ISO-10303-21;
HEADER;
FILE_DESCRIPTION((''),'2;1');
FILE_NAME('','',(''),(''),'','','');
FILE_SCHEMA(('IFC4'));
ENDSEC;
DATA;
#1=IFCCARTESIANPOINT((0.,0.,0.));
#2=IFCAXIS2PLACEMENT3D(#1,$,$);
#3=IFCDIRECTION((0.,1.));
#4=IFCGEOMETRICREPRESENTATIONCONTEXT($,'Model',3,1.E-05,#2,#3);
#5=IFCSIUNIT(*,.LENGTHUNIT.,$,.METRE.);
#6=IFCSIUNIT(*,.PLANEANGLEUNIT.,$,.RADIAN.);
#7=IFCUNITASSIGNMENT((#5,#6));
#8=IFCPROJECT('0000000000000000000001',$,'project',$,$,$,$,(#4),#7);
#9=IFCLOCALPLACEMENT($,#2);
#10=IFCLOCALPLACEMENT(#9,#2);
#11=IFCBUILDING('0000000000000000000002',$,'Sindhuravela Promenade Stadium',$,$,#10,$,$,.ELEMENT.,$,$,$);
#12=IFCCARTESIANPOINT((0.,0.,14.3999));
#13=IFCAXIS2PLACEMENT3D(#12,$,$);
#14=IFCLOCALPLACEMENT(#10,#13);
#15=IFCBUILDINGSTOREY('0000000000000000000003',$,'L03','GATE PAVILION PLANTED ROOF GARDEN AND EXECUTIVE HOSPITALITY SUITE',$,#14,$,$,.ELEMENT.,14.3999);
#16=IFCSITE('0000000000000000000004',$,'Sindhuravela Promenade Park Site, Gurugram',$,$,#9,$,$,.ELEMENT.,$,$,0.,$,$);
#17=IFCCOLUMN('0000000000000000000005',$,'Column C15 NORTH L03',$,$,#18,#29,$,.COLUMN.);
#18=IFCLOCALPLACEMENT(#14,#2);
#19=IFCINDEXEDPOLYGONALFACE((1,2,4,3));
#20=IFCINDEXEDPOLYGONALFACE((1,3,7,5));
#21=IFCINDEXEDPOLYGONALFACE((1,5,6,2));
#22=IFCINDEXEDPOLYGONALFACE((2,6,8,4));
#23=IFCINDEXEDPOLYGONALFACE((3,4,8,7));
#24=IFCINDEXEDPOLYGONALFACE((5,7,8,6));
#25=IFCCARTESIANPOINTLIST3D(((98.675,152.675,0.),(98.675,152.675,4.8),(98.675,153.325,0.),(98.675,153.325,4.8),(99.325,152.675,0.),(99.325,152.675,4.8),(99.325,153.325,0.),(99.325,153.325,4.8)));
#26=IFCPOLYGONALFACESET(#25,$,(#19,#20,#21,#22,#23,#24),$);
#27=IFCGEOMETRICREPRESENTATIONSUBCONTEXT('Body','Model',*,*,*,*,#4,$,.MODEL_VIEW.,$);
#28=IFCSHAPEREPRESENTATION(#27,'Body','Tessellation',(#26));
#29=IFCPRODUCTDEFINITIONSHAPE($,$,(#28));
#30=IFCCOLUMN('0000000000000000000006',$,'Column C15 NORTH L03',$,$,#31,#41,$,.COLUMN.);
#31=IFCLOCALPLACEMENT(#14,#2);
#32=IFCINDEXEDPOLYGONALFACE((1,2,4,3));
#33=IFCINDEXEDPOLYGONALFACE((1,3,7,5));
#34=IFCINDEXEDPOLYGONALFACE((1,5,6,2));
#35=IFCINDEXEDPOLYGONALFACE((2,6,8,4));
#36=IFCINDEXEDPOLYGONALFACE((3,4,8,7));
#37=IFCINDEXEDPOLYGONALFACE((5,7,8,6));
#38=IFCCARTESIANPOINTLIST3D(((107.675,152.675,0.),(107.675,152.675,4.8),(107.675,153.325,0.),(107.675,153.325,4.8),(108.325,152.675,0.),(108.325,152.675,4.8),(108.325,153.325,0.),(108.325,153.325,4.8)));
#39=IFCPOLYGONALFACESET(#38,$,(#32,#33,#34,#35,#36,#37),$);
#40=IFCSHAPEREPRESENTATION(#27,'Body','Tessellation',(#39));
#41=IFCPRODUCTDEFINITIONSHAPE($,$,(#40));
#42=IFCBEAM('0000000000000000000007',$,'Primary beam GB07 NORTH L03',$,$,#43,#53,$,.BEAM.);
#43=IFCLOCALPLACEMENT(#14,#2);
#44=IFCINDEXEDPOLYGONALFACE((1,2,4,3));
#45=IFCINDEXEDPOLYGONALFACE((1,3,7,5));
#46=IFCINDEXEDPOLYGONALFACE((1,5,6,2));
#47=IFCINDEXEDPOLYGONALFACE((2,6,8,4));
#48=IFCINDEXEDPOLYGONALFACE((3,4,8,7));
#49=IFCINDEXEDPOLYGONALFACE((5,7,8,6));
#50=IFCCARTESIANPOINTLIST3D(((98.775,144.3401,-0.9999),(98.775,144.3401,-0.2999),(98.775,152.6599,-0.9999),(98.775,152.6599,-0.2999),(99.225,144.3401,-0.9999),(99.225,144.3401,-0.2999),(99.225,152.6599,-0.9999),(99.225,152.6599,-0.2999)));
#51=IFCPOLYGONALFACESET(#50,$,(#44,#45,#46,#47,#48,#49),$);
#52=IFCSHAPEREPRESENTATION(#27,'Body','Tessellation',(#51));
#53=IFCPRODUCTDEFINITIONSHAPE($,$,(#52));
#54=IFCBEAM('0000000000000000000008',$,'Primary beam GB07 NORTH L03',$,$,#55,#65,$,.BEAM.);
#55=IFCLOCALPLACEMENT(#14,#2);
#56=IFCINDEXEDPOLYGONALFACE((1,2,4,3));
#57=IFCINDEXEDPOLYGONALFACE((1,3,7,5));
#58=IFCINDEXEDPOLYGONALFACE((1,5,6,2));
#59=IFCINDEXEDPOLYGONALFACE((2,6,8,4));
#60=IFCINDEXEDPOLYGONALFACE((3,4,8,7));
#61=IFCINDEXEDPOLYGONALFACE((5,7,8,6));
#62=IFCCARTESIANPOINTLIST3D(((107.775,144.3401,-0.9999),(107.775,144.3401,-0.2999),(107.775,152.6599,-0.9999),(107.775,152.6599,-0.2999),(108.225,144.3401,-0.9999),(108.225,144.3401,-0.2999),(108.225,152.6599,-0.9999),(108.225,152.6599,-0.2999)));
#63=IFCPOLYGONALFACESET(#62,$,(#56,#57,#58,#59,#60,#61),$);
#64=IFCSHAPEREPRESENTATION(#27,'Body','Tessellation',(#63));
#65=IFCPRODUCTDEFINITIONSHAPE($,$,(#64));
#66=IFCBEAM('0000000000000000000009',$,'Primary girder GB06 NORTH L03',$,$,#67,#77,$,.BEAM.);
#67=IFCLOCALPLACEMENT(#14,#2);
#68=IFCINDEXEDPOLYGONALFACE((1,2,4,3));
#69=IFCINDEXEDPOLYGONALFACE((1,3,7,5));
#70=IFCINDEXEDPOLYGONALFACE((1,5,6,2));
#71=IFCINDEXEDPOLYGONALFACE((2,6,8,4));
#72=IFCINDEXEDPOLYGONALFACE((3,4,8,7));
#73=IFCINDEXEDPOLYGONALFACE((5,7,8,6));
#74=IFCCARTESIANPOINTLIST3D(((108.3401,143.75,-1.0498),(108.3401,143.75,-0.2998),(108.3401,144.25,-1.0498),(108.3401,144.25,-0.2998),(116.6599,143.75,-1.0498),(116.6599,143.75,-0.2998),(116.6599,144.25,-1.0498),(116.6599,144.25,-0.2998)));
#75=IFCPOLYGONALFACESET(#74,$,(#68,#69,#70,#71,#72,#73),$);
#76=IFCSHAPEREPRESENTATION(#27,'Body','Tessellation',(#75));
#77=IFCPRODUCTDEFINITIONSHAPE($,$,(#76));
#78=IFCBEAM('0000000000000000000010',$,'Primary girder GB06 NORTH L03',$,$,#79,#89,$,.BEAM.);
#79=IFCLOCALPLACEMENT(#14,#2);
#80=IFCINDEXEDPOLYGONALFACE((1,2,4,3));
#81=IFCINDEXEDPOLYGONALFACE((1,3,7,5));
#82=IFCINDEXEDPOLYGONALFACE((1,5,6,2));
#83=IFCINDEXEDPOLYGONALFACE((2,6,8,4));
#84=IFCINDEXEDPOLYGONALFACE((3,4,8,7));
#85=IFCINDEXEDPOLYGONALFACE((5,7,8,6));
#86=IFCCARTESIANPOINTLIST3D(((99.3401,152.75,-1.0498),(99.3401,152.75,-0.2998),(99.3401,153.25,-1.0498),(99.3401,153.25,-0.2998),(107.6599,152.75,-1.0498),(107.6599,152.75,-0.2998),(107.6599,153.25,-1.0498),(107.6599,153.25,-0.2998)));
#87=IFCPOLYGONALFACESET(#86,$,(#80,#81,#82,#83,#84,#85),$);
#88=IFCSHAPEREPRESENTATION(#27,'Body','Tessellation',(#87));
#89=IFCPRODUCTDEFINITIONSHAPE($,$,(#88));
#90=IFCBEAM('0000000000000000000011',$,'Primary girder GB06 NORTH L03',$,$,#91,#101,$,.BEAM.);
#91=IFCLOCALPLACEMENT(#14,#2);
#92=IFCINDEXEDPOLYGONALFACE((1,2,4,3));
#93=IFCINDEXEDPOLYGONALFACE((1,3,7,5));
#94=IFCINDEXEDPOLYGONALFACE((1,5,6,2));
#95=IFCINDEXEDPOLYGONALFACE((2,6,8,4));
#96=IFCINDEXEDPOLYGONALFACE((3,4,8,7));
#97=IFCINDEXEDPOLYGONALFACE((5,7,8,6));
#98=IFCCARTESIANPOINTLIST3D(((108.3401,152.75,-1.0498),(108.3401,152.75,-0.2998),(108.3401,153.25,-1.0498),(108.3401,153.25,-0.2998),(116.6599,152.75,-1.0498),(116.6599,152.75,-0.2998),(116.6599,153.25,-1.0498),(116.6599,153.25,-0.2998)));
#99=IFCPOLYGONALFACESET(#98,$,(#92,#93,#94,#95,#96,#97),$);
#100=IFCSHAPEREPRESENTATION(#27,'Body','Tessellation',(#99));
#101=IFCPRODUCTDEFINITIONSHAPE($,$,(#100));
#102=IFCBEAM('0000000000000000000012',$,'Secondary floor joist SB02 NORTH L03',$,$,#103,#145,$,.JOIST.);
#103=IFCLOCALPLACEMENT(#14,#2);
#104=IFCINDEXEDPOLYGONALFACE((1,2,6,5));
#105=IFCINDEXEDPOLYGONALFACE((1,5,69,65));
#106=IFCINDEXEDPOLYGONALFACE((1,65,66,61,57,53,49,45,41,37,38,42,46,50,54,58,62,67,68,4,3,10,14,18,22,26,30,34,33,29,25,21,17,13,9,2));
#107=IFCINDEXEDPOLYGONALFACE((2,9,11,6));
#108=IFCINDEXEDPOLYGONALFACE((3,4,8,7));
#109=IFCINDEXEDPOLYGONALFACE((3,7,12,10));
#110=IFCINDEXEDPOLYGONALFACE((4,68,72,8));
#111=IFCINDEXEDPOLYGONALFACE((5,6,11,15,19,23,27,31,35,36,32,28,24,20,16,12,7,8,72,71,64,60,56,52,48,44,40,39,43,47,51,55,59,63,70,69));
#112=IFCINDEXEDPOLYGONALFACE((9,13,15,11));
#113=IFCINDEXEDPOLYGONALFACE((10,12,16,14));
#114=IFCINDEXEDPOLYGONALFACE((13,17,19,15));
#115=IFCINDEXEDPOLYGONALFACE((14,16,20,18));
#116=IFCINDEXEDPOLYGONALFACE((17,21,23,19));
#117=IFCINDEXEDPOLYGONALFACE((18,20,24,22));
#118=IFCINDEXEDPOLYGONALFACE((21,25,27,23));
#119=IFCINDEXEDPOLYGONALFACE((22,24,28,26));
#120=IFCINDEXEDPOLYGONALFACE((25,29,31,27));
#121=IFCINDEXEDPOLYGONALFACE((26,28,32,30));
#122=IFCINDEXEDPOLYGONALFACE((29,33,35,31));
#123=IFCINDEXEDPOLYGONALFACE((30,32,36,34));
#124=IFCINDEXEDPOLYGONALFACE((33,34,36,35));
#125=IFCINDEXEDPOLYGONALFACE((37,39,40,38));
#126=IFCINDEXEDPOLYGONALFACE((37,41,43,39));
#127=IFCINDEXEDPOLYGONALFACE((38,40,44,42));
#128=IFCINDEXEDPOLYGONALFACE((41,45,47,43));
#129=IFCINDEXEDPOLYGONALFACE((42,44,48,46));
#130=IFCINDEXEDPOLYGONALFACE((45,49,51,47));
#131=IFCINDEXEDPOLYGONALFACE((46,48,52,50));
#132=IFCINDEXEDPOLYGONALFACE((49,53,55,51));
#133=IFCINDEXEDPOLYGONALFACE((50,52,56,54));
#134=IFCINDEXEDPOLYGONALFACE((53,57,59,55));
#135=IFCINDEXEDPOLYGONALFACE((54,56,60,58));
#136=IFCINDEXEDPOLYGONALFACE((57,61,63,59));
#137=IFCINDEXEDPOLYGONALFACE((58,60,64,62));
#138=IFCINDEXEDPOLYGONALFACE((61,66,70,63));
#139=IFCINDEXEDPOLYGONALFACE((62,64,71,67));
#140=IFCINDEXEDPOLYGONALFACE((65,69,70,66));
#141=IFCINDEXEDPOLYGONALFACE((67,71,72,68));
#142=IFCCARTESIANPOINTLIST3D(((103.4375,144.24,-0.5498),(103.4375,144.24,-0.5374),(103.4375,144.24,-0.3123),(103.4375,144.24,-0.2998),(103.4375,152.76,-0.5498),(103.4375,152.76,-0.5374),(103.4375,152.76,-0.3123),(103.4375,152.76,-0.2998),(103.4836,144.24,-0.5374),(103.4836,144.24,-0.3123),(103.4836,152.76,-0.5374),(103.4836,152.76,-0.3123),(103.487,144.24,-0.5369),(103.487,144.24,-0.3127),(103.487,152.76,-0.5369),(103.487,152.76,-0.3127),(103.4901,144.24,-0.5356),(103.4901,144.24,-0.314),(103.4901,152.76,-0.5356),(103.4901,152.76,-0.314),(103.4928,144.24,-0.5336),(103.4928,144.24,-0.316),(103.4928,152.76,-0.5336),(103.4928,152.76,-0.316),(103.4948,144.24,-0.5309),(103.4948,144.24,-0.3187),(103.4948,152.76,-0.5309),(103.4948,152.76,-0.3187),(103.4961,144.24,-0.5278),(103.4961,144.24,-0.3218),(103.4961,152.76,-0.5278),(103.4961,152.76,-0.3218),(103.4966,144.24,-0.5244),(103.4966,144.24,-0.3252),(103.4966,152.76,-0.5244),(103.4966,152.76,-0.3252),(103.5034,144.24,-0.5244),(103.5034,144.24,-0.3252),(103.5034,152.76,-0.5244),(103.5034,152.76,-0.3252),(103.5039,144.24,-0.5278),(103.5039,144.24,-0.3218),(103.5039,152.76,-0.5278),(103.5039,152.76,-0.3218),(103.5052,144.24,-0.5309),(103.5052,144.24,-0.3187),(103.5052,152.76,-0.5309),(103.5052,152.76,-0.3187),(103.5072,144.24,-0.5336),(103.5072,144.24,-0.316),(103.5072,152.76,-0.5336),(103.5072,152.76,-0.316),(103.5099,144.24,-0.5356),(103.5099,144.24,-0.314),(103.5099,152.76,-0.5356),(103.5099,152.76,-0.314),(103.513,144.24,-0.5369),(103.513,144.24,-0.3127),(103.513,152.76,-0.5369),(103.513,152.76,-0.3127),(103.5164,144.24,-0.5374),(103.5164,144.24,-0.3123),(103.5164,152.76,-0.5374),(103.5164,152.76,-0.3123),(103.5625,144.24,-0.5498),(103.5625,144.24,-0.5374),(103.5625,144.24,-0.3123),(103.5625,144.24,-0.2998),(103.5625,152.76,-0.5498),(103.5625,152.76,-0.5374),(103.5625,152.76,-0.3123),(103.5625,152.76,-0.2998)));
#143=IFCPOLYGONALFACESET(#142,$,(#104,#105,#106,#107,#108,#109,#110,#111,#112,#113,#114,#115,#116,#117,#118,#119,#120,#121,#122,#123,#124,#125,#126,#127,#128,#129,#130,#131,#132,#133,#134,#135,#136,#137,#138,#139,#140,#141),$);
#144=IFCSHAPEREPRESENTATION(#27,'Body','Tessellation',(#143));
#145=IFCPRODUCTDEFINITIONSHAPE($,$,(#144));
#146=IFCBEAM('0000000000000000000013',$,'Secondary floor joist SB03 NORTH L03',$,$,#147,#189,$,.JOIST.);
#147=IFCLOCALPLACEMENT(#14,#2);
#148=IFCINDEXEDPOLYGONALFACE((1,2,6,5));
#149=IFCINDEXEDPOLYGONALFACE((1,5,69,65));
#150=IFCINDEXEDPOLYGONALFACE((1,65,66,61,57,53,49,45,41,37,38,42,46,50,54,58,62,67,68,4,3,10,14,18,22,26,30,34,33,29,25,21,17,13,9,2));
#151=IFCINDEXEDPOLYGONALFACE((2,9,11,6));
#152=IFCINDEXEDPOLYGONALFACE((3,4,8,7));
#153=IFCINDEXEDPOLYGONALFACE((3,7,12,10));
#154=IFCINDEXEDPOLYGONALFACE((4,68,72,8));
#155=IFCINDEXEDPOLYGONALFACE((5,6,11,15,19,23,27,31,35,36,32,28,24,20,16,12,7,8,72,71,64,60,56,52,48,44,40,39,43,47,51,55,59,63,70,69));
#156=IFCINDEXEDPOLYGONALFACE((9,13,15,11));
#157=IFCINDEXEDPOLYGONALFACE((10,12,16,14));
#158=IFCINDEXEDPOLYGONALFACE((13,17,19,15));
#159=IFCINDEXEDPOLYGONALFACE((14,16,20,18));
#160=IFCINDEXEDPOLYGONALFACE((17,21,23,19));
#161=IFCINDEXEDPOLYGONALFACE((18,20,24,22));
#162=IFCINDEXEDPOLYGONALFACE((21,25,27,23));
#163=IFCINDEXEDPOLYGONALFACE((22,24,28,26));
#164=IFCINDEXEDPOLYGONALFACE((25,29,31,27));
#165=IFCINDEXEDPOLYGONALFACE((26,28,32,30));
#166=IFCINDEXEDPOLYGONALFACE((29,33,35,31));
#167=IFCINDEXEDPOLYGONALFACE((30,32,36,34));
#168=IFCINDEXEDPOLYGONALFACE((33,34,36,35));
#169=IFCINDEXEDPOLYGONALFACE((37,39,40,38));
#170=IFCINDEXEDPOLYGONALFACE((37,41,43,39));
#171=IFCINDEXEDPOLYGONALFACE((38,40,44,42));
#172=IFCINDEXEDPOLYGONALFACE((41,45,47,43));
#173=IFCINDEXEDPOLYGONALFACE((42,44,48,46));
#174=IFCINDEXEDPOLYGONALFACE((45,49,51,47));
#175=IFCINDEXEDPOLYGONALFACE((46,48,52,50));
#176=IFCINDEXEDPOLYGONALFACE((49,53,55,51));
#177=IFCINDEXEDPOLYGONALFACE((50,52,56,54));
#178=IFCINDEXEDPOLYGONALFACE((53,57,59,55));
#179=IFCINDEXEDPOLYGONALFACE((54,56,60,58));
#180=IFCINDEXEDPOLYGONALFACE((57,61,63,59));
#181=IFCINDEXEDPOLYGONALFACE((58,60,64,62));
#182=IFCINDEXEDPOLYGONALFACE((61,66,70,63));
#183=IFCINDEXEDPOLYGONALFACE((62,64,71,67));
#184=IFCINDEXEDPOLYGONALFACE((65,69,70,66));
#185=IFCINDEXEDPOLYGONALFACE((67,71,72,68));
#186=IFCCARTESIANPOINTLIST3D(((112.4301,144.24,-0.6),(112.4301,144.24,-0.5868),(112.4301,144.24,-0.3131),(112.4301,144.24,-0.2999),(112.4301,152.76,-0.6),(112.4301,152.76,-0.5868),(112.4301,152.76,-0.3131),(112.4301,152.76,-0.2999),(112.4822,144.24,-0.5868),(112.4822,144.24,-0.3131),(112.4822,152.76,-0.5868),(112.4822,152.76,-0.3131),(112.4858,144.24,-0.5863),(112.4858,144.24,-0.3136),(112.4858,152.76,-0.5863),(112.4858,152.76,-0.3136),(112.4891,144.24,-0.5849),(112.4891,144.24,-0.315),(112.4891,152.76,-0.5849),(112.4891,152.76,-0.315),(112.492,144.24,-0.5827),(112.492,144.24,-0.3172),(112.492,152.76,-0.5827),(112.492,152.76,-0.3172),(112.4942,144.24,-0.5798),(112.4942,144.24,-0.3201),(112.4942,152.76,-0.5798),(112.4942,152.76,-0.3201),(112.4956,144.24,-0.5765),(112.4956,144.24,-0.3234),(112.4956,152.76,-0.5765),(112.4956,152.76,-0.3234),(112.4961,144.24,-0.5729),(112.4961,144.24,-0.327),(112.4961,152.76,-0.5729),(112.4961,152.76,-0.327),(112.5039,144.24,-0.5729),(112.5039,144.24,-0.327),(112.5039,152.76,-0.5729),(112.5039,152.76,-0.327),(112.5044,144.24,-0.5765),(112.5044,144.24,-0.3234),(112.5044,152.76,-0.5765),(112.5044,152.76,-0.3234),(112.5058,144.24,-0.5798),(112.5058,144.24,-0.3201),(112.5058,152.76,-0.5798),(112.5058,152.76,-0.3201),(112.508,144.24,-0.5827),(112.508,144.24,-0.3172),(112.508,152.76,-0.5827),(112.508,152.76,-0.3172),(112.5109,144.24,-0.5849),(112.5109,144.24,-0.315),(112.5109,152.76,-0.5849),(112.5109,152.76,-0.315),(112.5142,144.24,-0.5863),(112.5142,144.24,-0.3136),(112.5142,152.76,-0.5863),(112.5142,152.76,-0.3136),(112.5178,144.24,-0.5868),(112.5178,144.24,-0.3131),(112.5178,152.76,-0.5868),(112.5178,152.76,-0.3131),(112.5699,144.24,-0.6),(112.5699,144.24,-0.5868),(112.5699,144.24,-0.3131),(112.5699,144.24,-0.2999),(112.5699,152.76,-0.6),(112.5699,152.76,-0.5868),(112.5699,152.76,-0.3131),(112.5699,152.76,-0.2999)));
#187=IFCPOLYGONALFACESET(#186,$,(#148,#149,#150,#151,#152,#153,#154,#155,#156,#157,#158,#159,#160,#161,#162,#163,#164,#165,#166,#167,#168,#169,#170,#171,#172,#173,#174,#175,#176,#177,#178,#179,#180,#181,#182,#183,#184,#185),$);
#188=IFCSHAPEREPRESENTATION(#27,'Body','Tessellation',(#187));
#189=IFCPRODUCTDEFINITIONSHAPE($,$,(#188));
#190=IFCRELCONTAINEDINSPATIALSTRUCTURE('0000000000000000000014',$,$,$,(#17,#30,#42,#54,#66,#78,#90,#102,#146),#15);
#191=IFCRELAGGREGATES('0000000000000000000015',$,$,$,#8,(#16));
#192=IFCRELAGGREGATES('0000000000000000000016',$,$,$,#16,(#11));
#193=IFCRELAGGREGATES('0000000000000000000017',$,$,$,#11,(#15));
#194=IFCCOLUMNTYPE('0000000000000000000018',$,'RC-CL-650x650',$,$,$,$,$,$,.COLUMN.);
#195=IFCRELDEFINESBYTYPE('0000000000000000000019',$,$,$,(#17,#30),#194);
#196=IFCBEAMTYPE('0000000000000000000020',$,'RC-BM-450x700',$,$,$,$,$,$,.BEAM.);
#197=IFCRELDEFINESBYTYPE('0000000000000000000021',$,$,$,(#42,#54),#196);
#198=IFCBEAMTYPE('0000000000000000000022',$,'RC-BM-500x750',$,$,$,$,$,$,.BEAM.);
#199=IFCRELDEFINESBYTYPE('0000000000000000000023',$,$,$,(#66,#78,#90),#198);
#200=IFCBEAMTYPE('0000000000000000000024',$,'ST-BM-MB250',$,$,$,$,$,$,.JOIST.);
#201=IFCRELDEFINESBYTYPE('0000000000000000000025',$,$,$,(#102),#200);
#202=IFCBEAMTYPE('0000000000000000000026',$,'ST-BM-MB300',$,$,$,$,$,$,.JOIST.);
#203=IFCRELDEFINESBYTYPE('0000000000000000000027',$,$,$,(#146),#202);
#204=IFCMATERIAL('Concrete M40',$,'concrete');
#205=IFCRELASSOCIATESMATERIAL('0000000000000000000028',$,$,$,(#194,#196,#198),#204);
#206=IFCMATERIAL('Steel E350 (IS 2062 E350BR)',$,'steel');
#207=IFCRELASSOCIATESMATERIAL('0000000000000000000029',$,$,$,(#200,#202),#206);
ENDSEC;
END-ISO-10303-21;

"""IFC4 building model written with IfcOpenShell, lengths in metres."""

from ifc_helpers import new_model, si_unit, direction, frame, origin, origin_2d, place, context, subcontext, project, spatial, rectangle, i_section, extrude, material, material_profile, profile_set, type_object, element, save


model = new_model("IFC4")

# Units and contexts
model_context = context("Model", 3, precision=1e-05, world=origin(), true_north=direction((0.0, 1.0)))
body_context = subcontext(model_context, "Body", "Model", "MODEL_VIEW")
ifc_project = project(units=[si_unit("LENGTHUNIT", "METRE"), si_unit("PLANEANGLEUNIT", "RADIAN")], contexts=[model_context])

# Site, building, storey
site_placement = place(None, origin())
site = spatial("IfcSite", under=ifc_project, at=site_placement, Name="Sindhuravela Promenade Park Site, Gurugram", CompositionType="ELEMENT", RefElevation=0.0)
building_placement = place(site_placement, origin())
building = spatial("IfcBuilding", under=site, at=building_placement, Name="Sindhuravela Promenade Stadium", CompositionType="ELEMENT")
storey_placement = place(building_placement, frame((0.0, 0.0, 14.3999)))
storey = spatial("IfcBuildingStorey", under=building, at=storey_placement, Name="L03", Description="GATE PAVILION PLANTED ROOF GARDEN AND EXECUTIVE HOSPITALITY SUITE", CompositionType="ELEMENT", Elevation=14.3999)

# Columns
ifc_material_1 = material(Name="Concrete M40", Category="concrete")
ifc_material_profile_1 = material_profile(ifc_material_1, rectangle(XDim=0.6499, YDim=0.6499, at=origin_2d()), Name="RC 650x650")
ifc_profile_set_1 = profile_set([ifc_material_profile_1], Name="Concrete M40")
column_type = type_object("IfcColumnType", Name="RC-CL-650x650", PredefinedType="COLUMN", material=ifc_profile_set_1)
for number, where, z_axis, x_axis, name in (
    (1, (99.0, 153.0, 0.0), (0.0, 0.0, 1.0), (1.0, 0.0, 0.0), "Column C15 NORTH L03"),
    (2, (108.0, 153.0, 0.0), (0.0, 0.0, 1.0), (1.0, 0.0, 0.0), "Column C15 NORTH L03"),
):
    element("IfcColumn", number, at=place(storey_placement, frame(where, z_axis=z_axis, x_axis=x_axis)), inside=storey, type_object=column_type, Name=name, PredefinedType="COLUMN", context=body_context, shape_type="SweptSolid", body=[
        extrude(rectangle(XDim=0.6499, YDim=0.6499, at=origin_2d()), origin(), (0.0, 0.0, 1.0), 4.8),
    ])

# Beams
ifc_material_profile_2 = material_profile(ifc_material_1, rectangle(XDim=0.45, YDim=0.7, at=origin_2d()), Name="RC 450x700")
ifc_profile_set_2 = profile_set([ifc_material_profile_2], Name="Concrete M40")
beam_type_1 = type_object("IfcBeamType", Name="RC-BM-450x700", PredefinedType="BEAM", material=ifc_profile_set_2)
for number, where, z_axis, x_axis, name in (
    (3, (99.0, 144.3401, -0.6499), (0.0, 1.0, 0.0), (-1.0, 0.0, 0.0), "Primary beam GB07 NORTH L03"),
    (4, (108.0, 144.3401, -0.6499), (0.0, 1.0, 0.0), (-1.0, 0.0, 0.0), "Primary beam GB07 NORTH L03"),
):
    element("IfcBeam", number, at=place(storey_placement, frame(where, z_axis=z_axis, x_axis=x_axis)), inside=storey, type_object=beam_type_1, Name=name, PredefinedType="BEAM", context=body_context, shape_type="SweptSolid", body=[
        extrude(rectangle(XDim=0.45, YDim=0.7, at=origin_2d()), origin(), (0.0, 0.0, 1.0), 8.3198),
    ])
ifc_material_profile_3 = material_profile(ifc_material_1, rectangle(XDim=0.5, YDim=0.75, at=origin_2d()), Name="RC 500x750")
ifc_profile_set_3 = profile_set([ifc_material_profile_3], Name="Concrete M40")
beam_type_2 = type_object("IfcBeamType", Name="RC-BM-500x750", PredefinedType="BEAM", material=ifc_profile_set_3)
for number, where, z_axis, x_axis, name in (
    (5, (108.3401, 144.0, -0.6748), (1.0, 0.0, 0.0), (0.0, 1.0, 0.0), "Primary girder GB06 NORTH L03"),
    (6, (99.3401, 153.0, -0.6748), (1.0, 0.0, 0.0), (0.0, 1.0, 0.0), "Primary girder GB06 NORTH L03"),
    (7, (108.3401, 153.0, -0.6748), (1.0, 0.0, 0.0), (0.0, 1.0, 0.0), "Primary girder GB06 NORTH L03"),
):
    element("IfcBeam", number, at=place(storey_placement, frame(where, z_axis=z_axis, x_axis=x_axis)), inside=storey, type_object=beam_type_2, Name=name, PredefinedType="BEAM", context=body_context, shape_type="SweptSolid", body=[
        extrude(rectangle(XDim=0.5, YDim=0.75, at=origin_2d()), origin(), (0.0, 0.0, 1.0), 8.3198),
    ])
ifc_material_2 = material(Name="Steel E350 (IS 2062 E350BR)", Category="steel")
ifc_material_profile_4 = material_profile(ifc_material_2, i_section(OverallWidth=0.125, OverallDepth=0.25, WebThickness=0.0068, FlangeThickness=0.0125, FilletRadius=0.0129, at=origin_2d()), Name="ISMB 250")
ifc_profile_set_4 = profile_set([ifc_material_profile_4], Name="Steel E350 (IS 2062 E350BR)")
beam_type_3 = type_object("IfcBeamType", Name="ST-BM-MB250", PredefinedType="JOIST", material=ifc_profile_set_4)
beam_1_placement = place(storey_placement, frame((103.5, 144.24, -0.4248), z_axis=(0.0, 1.0, 0.0), x_axis=(-1.0, 0.0, 0.0)))
element("IfcBeam", 8, at=beam_1_placement, inside=storey, type_object=beam_type_3, Name="Secondary floor joist SB02 NORTH L03", PredefinedType="JOIST", context=body_context, shape_type="SweptSolid", body=[
    extrude(i_section(OverallWidth=0.125, OverallDepth=0.25, WebThickness=0.0068, FlangeThickness=0.0125, FilletRadius=0.0129, at=origin_2d()), origin(), (0.0, 0.0, 1.0), 8.52),
])
ifc_material_profile_5 = material_profile(ifc_material_2, i_section(OverallWidth=0.1399, OverallDepth=0.3, WebThickness=0.0078, FlangeThickness=0.0132, FilletRadius=0.0139, at=origin_2d()), Name="ISMB 300")
ifc_profile_set_5 = profile_set([ifc_material_profile_5], Name="Steel E350 (IS 2062 E350BR)")
beam_type_4 = type_object("IfcBeamType", Name="ST-BM-MB300", PredefinedType="JOIST", material=ifc_profile_set_5)
beam_2_placement = place(storey_placement, frame((112.5, 144.24, -0.45), z_axis=(0.0, 1.0, 0.0), x_axis=(-1.0, 0.0, 0.0)))
element("IfcBeam", 9, at=beam_2_placement, inside=storey, type_object=beam_type_4, Name="Secondary floor joist SB03 NORTH L03", PredefinedType="JOIST", context=body_context, shape_type="SweptSolid", body=[
    extrude(i_section(OverallWidth=0.1399, OverallDepth=0.3, WebThickness=0.0078, FlangeThickness=0.0132, FilletRadius=0.0139, at=origin_2d()), origin(), (0.0, 0.0, 1.0), 8.52),
])

save(model, "model.ifc")
